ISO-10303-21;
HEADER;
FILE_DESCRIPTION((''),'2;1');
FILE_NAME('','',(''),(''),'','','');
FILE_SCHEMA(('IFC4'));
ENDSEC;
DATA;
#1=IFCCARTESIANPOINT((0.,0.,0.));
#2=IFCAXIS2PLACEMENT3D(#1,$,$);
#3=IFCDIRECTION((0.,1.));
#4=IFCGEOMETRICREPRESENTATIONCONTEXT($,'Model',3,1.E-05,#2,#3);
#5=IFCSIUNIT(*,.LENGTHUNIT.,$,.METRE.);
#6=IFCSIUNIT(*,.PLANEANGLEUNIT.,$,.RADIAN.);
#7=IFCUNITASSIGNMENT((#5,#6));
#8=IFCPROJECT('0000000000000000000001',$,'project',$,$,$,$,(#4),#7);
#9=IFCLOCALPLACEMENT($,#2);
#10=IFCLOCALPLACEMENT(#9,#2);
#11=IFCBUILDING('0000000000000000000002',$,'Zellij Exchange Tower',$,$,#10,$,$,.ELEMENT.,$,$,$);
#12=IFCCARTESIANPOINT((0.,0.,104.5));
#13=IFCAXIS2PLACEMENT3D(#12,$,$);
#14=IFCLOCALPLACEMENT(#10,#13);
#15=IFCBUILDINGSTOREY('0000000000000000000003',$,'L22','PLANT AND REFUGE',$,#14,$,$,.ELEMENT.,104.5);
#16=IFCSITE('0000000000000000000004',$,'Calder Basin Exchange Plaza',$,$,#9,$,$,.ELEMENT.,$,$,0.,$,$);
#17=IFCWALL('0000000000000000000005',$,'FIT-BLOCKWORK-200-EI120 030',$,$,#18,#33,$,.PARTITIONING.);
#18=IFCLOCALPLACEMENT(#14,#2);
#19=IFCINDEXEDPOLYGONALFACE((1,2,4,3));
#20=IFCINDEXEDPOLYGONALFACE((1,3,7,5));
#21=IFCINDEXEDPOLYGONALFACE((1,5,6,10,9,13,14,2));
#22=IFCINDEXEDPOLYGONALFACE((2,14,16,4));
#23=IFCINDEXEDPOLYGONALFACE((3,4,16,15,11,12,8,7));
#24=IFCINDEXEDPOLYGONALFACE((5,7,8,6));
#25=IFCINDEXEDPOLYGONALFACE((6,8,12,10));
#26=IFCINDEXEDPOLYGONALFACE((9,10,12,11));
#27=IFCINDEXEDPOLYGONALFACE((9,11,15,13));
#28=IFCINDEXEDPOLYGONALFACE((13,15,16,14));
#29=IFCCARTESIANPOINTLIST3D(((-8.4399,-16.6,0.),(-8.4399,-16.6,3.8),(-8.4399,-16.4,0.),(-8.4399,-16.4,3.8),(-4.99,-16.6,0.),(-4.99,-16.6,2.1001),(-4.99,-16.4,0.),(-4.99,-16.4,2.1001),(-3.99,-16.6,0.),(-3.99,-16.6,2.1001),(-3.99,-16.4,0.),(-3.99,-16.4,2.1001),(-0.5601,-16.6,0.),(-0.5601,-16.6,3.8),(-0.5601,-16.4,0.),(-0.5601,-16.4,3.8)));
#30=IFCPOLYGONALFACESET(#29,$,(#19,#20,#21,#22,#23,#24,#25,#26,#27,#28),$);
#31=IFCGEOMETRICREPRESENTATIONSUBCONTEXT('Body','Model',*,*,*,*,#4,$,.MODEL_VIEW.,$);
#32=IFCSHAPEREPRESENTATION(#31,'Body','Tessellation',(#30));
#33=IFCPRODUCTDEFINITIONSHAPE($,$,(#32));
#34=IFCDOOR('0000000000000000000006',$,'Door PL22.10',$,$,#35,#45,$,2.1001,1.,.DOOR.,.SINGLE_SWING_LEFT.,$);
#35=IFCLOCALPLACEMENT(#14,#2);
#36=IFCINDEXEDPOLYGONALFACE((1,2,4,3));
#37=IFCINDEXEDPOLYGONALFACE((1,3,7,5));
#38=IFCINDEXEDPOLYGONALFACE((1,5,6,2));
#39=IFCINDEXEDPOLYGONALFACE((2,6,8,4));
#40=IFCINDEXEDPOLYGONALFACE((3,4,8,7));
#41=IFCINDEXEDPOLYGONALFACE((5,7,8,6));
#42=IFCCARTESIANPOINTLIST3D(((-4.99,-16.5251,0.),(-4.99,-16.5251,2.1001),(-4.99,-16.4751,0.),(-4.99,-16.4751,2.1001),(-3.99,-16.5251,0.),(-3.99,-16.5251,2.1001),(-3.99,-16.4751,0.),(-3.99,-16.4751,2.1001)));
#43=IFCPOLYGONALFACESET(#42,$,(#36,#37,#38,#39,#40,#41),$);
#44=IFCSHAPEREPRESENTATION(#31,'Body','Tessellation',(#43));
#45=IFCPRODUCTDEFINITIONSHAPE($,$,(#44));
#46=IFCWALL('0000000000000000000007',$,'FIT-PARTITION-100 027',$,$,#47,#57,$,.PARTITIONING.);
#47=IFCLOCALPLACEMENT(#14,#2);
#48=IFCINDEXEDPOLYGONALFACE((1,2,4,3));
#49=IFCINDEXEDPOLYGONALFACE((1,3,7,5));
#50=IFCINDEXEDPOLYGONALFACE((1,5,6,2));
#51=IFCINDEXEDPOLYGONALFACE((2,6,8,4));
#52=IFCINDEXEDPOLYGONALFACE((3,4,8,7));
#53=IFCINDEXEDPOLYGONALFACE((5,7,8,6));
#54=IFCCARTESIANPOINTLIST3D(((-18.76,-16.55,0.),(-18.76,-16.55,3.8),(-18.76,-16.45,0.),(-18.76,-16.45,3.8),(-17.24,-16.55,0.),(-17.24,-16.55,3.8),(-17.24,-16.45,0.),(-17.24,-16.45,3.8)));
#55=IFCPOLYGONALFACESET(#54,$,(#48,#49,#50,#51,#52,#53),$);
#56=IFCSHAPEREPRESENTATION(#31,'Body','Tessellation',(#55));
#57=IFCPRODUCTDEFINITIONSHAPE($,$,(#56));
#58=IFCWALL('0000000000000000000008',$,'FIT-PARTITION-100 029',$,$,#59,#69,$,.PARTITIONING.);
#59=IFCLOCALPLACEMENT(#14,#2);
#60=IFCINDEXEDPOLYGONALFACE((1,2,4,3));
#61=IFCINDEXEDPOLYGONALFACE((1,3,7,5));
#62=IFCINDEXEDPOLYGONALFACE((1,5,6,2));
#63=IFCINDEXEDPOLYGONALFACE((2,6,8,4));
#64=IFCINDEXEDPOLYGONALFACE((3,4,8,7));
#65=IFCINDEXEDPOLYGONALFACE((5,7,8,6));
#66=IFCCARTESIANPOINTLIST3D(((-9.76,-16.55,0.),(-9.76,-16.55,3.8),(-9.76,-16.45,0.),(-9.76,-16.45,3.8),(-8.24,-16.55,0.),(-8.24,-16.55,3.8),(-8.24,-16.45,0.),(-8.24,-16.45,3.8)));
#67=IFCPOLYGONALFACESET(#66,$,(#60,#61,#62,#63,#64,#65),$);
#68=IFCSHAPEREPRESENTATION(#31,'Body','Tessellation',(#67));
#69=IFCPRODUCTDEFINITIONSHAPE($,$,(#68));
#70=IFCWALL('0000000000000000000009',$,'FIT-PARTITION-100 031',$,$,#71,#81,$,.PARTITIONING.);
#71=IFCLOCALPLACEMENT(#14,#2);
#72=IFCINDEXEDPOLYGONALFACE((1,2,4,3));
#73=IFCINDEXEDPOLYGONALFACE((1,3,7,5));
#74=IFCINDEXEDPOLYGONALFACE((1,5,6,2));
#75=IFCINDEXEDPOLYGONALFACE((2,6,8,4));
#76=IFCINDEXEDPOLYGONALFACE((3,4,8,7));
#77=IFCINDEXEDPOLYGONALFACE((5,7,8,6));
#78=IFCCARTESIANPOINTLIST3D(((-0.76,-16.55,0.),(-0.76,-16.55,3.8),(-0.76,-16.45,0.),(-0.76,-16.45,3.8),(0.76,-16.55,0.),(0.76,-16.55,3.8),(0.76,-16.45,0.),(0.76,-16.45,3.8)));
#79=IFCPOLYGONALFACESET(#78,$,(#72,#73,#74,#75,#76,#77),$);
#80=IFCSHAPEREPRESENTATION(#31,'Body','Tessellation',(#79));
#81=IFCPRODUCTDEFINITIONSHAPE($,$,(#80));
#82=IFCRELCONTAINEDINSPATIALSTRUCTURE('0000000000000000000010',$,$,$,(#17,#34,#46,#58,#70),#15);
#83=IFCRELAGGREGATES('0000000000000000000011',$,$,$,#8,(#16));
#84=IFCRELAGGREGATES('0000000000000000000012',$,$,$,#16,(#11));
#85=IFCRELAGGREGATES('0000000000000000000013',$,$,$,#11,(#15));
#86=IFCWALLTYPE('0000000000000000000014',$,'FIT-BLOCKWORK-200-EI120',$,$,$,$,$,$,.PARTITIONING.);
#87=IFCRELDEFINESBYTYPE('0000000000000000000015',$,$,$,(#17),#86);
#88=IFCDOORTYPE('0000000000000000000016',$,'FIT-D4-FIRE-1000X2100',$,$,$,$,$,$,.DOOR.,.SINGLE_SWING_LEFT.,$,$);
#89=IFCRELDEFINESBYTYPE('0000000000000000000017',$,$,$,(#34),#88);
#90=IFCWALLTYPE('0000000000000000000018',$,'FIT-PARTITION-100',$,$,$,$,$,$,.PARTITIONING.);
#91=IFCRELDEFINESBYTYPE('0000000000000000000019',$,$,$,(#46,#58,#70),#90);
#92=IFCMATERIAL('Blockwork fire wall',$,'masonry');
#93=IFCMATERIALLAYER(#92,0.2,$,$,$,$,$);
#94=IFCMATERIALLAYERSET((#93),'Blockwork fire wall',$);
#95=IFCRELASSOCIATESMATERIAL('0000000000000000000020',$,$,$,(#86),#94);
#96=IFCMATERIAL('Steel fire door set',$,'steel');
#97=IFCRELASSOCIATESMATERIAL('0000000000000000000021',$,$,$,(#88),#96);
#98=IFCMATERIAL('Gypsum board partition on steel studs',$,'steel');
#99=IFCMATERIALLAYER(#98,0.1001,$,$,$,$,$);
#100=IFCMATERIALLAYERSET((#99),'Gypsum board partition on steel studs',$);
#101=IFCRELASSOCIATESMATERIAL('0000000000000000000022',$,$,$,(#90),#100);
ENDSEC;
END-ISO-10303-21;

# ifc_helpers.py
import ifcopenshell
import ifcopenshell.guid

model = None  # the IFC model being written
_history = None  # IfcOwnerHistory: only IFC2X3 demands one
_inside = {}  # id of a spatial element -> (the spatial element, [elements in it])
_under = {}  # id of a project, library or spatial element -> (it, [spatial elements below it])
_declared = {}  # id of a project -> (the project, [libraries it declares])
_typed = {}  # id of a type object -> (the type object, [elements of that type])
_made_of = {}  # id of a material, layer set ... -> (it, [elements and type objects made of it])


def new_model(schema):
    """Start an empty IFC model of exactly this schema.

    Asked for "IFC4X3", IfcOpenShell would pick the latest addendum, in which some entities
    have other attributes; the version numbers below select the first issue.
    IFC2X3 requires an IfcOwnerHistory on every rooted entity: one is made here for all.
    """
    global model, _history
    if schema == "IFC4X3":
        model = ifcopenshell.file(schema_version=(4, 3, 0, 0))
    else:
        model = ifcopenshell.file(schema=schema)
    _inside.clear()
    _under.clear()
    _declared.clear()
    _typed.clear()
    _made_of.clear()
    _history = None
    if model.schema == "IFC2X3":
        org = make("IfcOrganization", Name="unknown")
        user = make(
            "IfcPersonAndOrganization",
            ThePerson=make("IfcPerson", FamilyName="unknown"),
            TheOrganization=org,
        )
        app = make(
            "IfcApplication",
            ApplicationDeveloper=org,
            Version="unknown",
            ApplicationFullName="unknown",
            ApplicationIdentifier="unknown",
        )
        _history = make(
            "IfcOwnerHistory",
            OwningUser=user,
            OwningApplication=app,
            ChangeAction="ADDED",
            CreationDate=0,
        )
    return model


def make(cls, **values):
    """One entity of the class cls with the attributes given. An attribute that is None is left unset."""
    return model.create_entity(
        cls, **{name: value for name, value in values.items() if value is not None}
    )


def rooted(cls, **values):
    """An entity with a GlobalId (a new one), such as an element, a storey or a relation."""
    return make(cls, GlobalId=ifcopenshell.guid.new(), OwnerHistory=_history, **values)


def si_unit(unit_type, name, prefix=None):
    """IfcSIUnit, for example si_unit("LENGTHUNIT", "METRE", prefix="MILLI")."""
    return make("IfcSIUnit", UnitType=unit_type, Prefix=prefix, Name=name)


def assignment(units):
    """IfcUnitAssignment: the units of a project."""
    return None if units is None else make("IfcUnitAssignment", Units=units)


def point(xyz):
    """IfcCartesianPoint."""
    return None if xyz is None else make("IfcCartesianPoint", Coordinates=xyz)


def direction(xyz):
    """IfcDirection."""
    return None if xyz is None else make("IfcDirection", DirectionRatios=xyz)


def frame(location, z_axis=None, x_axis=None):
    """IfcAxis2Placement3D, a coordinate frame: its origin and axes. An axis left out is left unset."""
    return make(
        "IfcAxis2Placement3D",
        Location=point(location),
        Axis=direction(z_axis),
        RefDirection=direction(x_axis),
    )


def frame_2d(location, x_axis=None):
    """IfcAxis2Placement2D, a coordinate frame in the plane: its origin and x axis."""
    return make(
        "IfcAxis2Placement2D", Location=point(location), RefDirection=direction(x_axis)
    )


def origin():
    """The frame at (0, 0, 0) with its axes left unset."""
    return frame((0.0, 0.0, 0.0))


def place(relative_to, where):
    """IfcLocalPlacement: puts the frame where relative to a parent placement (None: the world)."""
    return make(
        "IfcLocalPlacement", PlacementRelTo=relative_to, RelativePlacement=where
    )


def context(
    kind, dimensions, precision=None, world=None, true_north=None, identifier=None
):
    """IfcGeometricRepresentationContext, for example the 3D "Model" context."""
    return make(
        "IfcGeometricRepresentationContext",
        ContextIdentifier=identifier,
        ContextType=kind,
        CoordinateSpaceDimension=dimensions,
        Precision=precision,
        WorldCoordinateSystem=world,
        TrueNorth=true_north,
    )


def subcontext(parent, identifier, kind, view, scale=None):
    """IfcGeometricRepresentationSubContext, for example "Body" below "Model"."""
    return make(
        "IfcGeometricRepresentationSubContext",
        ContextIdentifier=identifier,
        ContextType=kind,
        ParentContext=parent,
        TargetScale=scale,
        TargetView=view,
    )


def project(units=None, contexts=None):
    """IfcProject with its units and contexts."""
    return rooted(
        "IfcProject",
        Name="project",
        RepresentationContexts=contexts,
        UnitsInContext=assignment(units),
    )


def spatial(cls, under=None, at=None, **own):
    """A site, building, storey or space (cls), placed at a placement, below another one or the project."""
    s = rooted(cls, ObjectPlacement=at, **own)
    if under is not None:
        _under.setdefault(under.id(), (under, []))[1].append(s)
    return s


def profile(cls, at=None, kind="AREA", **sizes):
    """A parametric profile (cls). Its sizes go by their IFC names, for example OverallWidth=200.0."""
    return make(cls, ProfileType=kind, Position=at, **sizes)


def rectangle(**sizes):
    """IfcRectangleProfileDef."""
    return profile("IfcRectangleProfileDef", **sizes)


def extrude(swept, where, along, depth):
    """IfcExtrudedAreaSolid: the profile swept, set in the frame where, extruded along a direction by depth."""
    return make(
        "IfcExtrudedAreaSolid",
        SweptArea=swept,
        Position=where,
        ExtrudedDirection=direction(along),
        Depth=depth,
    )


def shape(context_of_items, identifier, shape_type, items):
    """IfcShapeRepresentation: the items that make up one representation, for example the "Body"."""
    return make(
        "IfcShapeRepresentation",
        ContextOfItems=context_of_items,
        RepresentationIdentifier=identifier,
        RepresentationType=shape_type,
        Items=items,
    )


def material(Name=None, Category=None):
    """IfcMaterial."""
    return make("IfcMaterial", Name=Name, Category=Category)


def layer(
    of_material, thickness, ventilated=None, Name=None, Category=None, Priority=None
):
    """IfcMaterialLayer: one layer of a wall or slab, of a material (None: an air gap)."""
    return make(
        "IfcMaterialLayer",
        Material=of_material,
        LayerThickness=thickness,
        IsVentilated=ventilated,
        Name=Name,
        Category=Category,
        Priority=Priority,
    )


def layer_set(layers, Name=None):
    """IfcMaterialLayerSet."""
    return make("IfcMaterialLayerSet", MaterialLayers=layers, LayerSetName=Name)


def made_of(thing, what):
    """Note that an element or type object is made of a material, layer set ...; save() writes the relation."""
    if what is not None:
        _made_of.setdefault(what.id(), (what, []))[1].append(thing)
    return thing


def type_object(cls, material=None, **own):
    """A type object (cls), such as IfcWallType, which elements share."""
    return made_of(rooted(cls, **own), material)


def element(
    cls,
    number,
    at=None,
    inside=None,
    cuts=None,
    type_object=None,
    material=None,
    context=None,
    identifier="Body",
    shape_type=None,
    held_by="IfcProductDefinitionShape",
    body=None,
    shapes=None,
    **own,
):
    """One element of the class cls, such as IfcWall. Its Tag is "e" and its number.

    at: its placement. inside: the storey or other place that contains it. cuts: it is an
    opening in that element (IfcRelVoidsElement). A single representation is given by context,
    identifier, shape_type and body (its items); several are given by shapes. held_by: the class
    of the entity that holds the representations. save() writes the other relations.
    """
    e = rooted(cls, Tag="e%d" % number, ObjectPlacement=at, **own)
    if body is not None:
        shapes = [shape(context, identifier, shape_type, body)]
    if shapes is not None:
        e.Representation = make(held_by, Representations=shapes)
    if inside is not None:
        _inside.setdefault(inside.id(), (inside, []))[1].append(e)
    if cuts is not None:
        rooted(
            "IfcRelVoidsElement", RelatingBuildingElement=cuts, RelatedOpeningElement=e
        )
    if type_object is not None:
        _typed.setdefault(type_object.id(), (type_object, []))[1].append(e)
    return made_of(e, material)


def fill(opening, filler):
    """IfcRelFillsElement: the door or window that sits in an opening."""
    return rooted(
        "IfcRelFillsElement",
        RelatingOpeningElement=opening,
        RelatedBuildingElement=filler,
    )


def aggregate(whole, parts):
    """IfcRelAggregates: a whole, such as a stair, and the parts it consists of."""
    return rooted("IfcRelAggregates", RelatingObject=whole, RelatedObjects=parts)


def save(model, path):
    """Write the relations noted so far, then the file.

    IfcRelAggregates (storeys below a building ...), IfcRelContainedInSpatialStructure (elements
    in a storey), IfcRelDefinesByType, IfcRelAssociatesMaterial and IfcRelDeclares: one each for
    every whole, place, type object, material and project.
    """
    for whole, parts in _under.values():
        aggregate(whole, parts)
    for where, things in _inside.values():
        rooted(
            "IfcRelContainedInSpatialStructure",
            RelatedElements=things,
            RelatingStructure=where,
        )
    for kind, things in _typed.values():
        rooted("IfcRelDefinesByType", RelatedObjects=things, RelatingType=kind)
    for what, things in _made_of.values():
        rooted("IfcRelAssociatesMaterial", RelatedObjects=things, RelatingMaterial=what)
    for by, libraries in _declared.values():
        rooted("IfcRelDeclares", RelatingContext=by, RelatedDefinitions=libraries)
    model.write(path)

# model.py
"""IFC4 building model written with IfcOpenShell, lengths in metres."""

from ifc_helpers import new_model, si_unit, direction, frame, frame_2d, origin, place, context, subcontext, project, spatial, rectangle, extrude, material, layer, layer_set, type_object, element, fill, save


model = new_model("IFC4")

# Units and contexts
model_context = context("Model", 3, precision=1e-05, world=origin(), true_north=direction((0.0, 1.0)))
body_context = subcontext(model_context, "Body", "Model", "MODEL_VIEW")
ifc_project = project(units=[si_unit("LENGTHUNIT", "METRE"), si_unit("PLANEANGLEUNIT", "RADIAN")], contexts=[model_context])

# Site, building, storey
site_placement = place(None, origin())
site = spatial("IfcSite", under=ifc_project, at=site_placement, Name="Calder Basin Exchange Plaza", CompositionType="ELEMENT", RefElevation=0.0)
building_placement = place(site_placement, origin())
building = spatial("IfcBuilding", under=site, at=building_placement, Name="Zellij Exchange Tower", CompositionType="ELEMENT")
storey_placement = place(building_placement, frame((0.0, 0.0, 104.5)))
storey = spatial("IfcBuildingStorey", under=building, at=storey_placement, Name="L22", Description="PLANT AND REFUGE", CompositionType="ELEMENT", Elevation=104.5)

# Shared definitions
ifc_material_1 = material(Name="Blockwork fire wall", Category="masonry")
ifc_layer_1 = layer(ifc_material_1, 0.2)
ifc_layer_set_1 = layer_set([ifc_layer_1], Name="Blockwork fire wall")
wall_type_1 = type_object("IfcWallType", Name="FIT-BLOCKWORK-200-EI120", PredefinedType="PARTITIONING", material=ifc_layer_set_1)

# Wall, opening, door
ifc_material_2 = material(Name="Steel fire door set", Category="steel")
door_type_1 = type_object("IfcDoorType", Name="FIT-D4-FIRE-1000X2100", OperationType="SINGLE_SWING_LEFT", PredefinedType="DOOR", material=ifc_material_2)
wall_1_placement = place(storey_placement, frame((-8.4399, -16.5, 0.0), z_axis=(0.0, 0.0, 1.0), x_axis=(1.0, 0.0, 0.0)))
wall_1 = element("IfcWall", 1, at=wall_1_placement, inside=storey, type_object=wall_type_1, Name="FIT-BLOCKWORK-200-EI120 030", PredefinedType="PARTITIONING", context=body_context, shape_type="SweptSolid", body=[
    extrude(rectangle(XDim=7.8799, YDim=0.2, at=frame_2d((3.9399, 0.0))), origin(), (0.0, 0.0, 1.0), 3.8),
])
opening_1_placement = place(wall_1_placement, frame((3.45, 0.0, 0.0)))
opening_1 = element("IfcOpeningElement", 2, at=opening_1_placement, cuts=wall_1, PredefinedType="OPENING", context=body_context, shape_type="SweptSolid", body=[
    extrude(rectangle(XDim=1.0, YDim=2.1001, at=frame_2d((0.5, 1.05))), frame((0.0, 0.1118, 0.0), z_axis=(0.0, -1.0, 0.0), x_axis=(1.0, 0.0, 0.0)), (0.0, 0.0, 1.0), 0.2239),
])
door_1_placement = place(opening_1_placement, origin())
door_1 = element("IfcDoor", 3, at=door_1_placement, inside=storey, type_object=door_type_1, Name="Door PL22.10", OperationType="SINGLE_SWING_LEFT", OverallHeight=2.1001, OverallWidth=1.0, PredefinedType="DOOR", context=body_context, shape_type="SweptSolid", body=[
    extrude(rectangle(XDim=1.0, YDim=2.1001, at=frame_2d((0.5, 1.05))), frame((0.0, 0.0249, 0.0), z_axis=(0.0, -1.0, 0.0), x_axis=(1.0, 0.0, 0.0)), (0.0, 0.0, 1.0), 0.05),
])
fill(opening_1, door_1)

# Walls
ifc_material_3 = material(Name="Gypsum board partition on steel studs", Category="steel")
ifc_layer_2 = layer(ifc_material_3, 0.1001)
ifc_layer_set_2 = layer_set([ifc_layer_2], Name="Gypsum board partition on steel studs")
wall_type_2 = type_object("IfcWallType", Name="FIT-PARTITION-100", PredefinedType="PARTITIONING", material=ifc_layer_set_2)
for number, where, z_axis, x_axis, name in (
    (4, (-18.76, -16.5, 0.0), (0.0, 0.0, 1.0), (1.0, 0.0, 0.0), "FIT-PARTITION-100 027"),
    (5, (-9.76, -16.5, 0.0), (0.0, 0.0, 1.0), (1.0, 0.0, 0.0), "FIT-PARTITION-100 029"),
    (6, (-0.76, -16.5, 0.0), (0.0, 0.0, 1.0), (1.0, 0.0, 0.0), "FIT-PARTITION-100 031"),
):
    element("IfcWall", number, at=place(storey_placement, frame(where, z_axis=z_axis, x_axis=x_axis)), inside=storey, type_object=wall_type_2, Name=name, PredefinedType="PARTITIONING", context=body_context, shape_type="SweptSolid", body=[
        extrude(rectangle(XDim=1.52, YDim=0.1001, at=frame_2d((0.76, 0.0))), origin(), (0.0, 0.0, 1.0), 3.8),
    ])

save(model, "model.ifc")
